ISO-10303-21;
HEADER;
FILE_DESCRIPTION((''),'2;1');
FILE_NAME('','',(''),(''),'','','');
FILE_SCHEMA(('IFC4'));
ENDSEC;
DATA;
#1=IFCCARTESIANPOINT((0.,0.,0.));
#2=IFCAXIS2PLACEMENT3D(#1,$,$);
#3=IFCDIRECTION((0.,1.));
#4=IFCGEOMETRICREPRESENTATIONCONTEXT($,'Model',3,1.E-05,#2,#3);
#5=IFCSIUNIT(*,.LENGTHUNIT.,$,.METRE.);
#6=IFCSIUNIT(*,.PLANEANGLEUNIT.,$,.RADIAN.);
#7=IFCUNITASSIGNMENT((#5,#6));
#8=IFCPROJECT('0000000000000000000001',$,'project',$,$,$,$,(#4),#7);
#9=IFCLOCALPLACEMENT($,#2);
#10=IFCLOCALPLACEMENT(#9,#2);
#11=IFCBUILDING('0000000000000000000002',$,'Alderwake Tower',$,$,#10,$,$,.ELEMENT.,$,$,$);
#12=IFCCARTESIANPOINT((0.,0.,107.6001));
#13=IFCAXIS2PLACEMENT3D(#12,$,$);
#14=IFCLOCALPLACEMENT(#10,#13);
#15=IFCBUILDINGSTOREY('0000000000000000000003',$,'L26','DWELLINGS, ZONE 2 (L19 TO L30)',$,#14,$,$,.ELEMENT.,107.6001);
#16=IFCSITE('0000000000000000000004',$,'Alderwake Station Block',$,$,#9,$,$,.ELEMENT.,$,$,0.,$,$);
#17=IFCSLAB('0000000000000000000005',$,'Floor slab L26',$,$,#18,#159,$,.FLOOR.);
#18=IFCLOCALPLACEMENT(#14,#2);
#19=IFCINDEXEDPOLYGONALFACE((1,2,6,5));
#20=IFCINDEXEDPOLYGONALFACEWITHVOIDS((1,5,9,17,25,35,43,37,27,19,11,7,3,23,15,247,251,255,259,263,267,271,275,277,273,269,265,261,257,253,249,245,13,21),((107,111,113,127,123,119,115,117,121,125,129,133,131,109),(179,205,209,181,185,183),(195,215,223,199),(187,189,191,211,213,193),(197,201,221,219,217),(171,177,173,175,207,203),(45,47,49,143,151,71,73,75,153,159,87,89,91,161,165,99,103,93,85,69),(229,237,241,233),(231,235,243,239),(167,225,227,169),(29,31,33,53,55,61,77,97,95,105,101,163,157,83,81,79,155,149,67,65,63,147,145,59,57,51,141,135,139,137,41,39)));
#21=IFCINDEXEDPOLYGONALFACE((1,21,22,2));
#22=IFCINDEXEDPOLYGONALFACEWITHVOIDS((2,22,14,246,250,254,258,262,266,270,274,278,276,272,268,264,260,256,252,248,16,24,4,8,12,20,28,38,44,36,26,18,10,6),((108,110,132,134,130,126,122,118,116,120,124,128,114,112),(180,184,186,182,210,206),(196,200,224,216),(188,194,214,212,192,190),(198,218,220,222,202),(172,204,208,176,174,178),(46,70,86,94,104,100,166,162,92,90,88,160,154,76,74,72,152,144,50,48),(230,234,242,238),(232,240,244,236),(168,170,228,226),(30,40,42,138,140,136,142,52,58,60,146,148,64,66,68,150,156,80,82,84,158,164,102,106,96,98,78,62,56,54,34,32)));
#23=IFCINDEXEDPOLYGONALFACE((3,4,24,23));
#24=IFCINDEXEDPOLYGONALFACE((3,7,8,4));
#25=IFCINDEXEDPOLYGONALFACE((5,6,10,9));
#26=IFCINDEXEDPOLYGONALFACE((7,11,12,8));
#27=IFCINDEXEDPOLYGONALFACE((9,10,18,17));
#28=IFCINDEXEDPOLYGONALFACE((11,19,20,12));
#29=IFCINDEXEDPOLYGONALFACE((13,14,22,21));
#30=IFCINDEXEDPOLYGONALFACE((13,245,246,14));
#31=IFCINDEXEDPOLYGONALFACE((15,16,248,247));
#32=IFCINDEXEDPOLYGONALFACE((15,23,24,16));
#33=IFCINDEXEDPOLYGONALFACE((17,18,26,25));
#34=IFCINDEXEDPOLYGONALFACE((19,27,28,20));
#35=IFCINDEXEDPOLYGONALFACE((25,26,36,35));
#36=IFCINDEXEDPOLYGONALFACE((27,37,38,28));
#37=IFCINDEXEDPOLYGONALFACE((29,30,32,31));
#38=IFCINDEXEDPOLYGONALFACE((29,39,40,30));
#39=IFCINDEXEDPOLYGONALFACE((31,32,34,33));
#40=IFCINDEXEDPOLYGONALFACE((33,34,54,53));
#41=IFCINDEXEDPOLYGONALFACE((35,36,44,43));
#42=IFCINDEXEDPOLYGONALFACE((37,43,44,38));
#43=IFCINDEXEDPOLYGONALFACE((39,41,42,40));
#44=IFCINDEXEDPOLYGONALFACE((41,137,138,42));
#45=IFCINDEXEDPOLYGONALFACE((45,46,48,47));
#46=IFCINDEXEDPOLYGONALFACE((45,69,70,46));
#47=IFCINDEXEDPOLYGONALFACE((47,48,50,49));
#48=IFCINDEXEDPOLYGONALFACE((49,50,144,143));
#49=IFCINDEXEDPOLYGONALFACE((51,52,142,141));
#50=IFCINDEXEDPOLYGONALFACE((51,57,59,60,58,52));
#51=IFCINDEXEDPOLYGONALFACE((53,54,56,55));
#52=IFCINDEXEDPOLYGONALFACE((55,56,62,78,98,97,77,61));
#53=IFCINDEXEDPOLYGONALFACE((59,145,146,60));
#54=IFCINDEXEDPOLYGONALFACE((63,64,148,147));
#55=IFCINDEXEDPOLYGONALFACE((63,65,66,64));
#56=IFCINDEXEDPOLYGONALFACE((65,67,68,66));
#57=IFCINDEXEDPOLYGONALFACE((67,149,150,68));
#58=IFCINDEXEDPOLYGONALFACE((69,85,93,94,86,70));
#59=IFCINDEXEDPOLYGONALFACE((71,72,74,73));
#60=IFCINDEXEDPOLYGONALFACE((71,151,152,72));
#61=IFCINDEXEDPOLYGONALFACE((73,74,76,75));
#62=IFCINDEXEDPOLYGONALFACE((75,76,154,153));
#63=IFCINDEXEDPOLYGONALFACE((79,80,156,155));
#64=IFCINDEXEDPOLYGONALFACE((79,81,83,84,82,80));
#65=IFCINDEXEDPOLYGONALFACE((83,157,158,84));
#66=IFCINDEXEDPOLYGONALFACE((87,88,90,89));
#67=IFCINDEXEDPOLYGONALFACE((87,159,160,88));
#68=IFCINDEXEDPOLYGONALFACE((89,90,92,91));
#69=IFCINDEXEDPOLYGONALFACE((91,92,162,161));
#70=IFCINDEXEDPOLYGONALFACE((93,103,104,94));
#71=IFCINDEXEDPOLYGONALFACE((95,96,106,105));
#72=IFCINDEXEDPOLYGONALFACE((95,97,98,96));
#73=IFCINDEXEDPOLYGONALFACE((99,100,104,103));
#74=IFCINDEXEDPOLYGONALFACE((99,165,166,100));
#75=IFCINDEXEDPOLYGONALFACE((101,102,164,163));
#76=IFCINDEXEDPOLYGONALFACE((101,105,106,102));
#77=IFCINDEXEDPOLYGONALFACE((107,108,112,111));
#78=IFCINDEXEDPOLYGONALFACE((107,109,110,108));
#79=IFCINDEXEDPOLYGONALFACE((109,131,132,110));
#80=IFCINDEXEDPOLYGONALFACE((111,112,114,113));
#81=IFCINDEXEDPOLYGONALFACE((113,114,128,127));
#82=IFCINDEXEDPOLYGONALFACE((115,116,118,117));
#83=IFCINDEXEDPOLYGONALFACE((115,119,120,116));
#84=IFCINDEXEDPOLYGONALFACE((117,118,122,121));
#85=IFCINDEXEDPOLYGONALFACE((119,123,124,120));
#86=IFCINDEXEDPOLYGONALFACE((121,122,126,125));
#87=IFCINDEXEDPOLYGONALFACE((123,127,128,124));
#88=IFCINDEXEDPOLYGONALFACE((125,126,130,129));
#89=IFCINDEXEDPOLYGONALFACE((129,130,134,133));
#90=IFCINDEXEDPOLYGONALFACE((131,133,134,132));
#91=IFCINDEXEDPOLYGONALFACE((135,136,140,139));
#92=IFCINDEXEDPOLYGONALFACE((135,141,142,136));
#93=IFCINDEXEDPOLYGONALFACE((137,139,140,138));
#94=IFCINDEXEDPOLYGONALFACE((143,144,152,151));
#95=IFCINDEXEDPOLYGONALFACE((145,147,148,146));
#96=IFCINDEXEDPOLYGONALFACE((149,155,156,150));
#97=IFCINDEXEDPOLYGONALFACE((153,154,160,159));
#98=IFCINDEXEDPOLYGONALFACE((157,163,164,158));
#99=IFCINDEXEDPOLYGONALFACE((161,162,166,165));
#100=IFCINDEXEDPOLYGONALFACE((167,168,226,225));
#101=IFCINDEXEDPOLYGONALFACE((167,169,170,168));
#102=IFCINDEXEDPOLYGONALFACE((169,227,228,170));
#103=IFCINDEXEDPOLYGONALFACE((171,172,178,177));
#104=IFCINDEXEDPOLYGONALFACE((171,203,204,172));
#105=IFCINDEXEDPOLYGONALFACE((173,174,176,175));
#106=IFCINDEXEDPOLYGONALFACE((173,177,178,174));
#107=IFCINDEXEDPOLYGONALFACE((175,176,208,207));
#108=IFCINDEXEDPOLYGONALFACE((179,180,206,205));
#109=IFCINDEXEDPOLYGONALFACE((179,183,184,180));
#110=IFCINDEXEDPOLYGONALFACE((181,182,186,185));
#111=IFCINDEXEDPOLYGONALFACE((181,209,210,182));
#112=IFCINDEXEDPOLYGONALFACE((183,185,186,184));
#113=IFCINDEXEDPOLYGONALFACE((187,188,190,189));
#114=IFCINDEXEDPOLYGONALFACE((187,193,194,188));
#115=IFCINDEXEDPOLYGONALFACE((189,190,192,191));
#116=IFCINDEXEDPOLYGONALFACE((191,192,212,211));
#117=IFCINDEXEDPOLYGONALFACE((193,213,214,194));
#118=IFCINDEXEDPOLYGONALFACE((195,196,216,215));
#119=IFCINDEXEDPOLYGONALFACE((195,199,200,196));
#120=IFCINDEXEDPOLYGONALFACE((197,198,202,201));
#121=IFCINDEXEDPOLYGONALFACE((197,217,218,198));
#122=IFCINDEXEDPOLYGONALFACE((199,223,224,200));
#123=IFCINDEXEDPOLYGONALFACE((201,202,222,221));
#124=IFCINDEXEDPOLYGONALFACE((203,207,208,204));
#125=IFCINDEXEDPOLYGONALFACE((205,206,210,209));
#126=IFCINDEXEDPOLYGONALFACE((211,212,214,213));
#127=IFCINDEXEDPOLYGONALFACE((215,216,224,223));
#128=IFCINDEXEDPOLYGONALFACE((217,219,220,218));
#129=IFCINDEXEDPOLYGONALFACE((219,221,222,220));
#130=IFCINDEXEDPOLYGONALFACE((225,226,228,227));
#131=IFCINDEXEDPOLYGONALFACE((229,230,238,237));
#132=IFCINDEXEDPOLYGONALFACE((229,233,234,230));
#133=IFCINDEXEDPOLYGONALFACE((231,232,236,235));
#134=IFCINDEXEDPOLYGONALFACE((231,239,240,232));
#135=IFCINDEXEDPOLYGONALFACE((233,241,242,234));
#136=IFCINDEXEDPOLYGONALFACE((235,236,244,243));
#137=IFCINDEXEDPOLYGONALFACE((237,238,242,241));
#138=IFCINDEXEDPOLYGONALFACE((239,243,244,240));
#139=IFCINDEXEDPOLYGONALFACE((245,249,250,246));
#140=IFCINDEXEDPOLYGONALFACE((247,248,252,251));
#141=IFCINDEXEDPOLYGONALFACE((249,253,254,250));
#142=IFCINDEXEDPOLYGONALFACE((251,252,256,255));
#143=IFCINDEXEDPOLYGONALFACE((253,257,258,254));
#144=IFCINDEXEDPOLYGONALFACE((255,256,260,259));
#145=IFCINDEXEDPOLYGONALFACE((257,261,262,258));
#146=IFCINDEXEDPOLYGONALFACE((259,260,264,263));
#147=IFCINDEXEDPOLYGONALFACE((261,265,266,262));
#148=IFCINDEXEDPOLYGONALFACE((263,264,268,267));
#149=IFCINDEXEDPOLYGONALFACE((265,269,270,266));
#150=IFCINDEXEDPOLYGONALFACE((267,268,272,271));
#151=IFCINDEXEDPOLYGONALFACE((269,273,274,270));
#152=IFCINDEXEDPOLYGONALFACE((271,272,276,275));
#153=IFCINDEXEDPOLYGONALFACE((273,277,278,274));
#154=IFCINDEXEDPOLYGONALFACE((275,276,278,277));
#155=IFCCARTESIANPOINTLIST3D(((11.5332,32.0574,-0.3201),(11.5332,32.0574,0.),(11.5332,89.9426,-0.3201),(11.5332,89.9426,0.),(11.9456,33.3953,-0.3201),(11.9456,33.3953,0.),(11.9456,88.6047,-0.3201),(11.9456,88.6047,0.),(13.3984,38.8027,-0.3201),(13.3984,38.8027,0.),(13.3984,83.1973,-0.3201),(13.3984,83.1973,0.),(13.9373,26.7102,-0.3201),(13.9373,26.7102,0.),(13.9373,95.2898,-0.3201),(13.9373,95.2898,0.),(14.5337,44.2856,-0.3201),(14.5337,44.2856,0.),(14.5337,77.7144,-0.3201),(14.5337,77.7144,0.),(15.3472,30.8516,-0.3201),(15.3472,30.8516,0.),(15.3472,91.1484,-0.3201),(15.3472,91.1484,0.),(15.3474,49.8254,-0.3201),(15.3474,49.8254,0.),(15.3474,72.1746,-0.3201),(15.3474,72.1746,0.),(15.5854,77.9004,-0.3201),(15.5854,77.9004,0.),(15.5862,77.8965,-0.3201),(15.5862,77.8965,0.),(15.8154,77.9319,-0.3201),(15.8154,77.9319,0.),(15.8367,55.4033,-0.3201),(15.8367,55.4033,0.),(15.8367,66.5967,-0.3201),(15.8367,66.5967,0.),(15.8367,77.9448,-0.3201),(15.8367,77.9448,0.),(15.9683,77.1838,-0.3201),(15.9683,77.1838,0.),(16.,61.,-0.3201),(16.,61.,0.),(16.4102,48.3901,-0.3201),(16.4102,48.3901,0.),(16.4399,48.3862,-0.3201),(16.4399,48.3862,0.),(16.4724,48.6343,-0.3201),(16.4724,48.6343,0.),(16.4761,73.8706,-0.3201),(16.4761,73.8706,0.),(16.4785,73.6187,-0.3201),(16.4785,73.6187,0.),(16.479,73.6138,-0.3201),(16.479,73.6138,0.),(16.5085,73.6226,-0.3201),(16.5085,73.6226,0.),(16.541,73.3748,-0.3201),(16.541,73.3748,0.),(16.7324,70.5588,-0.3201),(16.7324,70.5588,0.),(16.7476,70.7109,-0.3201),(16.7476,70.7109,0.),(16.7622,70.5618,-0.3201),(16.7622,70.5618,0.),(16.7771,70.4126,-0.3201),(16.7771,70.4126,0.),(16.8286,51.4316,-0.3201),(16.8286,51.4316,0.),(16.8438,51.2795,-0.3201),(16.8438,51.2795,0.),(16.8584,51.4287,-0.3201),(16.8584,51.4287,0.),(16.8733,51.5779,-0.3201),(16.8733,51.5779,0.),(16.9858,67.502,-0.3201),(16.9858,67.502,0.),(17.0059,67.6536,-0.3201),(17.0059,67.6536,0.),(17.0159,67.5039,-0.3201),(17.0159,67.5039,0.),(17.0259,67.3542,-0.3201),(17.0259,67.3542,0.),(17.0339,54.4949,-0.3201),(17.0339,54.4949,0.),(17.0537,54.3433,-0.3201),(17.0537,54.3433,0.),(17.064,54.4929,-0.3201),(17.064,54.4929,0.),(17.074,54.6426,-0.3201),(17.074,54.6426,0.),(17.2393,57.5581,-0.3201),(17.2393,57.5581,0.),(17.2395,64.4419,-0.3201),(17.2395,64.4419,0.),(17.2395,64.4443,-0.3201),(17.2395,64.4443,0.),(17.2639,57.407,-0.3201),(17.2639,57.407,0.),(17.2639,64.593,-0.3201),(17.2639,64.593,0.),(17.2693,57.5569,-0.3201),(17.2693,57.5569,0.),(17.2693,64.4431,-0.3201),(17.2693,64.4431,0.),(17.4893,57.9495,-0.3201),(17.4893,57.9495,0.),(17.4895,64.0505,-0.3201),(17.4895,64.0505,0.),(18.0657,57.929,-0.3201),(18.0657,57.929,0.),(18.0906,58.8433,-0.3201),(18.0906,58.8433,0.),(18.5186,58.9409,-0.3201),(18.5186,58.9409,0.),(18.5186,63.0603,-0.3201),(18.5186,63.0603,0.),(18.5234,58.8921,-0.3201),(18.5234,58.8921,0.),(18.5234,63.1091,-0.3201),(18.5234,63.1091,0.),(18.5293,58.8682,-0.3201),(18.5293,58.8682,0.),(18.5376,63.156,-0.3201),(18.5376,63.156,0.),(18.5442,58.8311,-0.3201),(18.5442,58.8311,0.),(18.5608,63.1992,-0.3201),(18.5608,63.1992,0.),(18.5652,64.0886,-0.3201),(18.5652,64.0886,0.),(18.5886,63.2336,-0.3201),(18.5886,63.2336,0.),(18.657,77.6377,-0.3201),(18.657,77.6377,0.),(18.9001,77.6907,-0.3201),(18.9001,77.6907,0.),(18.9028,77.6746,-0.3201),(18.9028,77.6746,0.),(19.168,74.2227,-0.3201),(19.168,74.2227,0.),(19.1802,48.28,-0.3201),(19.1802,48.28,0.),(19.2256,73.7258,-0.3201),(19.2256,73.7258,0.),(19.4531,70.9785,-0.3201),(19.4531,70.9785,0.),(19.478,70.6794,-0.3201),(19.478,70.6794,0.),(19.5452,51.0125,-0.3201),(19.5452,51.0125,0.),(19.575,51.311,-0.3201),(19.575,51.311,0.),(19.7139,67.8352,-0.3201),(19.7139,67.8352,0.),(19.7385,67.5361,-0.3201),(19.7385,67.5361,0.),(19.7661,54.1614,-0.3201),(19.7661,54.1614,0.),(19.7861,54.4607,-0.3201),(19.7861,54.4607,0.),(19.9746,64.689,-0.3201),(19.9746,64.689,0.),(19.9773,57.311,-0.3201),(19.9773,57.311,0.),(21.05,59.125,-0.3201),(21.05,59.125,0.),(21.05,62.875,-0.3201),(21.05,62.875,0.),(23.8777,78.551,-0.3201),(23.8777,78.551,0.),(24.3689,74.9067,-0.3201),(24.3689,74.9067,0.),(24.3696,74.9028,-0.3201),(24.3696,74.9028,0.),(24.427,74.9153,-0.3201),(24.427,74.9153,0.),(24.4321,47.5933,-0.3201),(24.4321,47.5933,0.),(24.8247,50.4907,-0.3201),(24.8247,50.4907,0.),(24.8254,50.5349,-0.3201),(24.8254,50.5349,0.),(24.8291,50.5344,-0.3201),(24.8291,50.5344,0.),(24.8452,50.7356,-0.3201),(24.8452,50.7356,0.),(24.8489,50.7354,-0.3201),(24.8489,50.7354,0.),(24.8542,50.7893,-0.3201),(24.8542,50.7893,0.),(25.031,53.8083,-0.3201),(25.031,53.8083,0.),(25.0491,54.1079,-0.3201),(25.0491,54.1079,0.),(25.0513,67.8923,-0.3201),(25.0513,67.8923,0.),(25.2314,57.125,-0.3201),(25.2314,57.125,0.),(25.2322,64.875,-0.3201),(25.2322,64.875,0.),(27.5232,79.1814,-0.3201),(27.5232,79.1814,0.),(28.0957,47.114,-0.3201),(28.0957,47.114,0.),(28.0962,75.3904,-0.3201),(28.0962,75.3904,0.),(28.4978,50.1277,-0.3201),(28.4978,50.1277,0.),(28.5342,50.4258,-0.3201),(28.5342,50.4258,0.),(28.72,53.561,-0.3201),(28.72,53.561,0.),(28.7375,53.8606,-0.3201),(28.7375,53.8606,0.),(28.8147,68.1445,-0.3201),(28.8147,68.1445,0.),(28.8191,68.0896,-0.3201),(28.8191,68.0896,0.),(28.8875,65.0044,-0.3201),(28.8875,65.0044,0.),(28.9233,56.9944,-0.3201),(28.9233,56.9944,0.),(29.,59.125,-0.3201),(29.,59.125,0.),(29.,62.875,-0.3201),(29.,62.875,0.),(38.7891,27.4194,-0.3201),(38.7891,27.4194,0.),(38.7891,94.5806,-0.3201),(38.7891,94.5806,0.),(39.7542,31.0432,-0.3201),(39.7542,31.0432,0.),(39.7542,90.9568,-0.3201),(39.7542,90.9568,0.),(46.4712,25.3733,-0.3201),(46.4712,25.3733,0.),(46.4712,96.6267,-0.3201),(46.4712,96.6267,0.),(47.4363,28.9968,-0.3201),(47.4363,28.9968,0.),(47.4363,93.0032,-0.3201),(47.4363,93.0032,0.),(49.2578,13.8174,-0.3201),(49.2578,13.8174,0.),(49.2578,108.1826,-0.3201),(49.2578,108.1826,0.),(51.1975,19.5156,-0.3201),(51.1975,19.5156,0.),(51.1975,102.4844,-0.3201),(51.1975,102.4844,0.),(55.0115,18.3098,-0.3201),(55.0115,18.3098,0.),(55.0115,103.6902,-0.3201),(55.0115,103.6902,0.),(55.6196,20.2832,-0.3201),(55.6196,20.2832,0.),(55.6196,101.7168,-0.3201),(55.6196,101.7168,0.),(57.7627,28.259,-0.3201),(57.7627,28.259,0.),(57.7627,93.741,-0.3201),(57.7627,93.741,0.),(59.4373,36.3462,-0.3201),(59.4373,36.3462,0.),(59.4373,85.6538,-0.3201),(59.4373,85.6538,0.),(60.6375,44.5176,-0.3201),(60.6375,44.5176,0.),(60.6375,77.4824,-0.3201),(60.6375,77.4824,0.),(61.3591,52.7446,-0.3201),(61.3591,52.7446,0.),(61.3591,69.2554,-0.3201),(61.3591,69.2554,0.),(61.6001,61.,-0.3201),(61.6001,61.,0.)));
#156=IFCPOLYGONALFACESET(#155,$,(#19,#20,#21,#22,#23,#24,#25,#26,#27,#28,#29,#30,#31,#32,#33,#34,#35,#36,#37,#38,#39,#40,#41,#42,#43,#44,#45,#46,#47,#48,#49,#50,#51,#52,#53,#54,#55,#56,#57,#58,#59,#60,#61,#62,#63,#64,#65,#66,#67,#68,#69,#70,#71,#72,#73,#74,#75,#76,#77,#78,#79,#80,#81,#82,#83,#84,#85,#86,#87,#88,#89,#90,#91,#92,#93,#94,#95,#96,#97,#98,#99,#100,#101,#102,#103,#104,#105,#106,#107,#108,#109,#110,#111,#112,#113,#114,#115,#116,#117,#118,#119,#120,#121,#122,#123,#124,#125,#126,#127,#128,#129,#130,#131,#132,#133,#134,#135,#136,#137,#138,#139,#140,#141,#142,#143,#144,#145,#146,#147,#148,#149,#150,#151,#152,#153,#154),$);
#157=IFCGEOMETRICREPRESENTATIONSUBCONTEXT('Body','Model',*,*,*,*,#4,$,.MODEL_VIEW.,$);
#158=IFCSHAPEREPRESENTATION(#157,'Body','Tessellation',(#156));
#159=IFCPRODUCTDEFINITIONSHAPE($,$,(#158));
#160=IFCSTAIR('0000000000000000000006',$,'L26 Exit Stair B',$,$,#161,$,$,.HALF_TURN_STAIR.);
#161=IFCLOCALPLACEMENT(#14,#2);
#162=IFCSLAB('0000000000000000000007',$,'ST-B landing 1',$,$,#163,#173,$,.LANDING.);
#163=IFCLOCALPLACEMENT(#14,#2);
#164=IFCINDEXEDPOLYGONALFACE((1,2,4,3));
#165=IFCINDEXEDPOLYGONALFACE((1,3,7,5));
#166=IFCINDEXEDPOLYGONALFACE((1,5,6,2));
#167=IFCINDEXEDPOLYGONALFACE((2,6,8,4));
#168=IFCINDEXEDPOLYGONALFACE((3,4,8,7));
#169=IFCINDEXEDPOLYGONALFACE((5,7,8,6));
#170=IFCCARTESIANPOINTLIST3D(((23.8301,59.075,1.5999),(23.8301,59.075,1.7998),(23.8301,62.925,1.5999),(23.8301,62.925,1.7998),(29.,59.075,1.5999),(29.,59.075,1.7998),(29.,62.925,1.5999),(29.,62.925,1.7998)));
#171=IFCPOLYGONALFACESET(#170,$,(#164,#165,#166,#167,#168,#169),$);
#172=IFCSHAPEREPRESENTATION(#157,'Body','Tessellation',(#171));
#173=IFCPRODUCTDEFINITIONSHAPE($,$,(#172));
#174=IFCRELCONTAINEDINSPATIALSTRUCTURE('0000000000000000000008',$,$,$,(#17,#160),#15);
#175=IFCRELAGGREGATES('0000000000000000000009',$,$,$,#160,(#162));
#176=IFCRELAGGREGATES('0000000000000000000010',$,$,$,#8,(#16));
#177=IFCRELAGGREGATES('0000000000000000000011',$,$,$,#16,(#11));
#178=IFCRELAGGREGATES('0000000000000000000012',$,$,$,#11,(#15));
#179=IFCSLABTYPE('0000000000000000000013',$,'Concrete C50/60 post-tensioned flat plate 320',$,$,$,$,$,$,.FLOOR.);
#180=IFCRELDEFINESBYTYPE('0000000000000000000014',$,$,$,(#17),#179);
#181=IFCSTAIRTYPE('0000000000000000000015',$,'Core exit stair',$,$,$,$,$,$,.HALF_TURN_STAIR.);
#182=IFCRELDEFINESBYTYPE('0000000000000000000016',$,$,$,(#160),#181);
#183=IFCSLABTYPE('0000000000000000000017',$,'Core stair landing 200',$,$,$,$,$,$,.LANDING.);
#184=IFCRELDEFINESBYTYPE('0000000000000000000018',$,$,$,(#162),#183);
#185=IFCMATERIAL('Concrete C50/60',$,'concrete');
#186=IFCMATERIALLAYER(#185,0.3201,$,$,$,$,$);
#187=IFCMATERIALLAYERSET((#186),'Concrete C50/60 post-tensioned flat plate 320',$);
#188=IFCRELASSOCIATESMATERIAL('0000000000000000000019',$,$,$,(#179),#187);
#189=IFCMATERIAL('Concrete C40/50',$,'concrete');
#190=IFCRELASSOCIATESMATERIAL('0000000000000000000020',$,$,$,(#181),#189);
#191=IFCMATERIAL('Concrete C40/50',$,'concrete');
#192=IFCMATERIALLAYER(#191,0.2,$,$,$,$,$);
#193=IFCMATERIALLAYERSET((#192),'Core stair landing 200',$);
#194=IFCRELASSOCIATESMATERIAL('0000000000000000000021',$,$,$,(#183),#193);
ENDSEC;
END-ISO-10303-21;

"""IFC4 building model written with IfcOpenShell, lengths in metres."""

from ifc_helpers import new_model, si_unit, direction, frame, origin, place, context, subcontext, project, spatial, polyline, outline, extrude, material, layer, layer_set, type_object, element, aggregate, save


model = new_model("IFC4")

# Units and contexts
model_context = context("Model", 3, precision=1e-05, world=origin(), true_north=direction((0.0, 1.0)))
body_context = subcontext(model_context, "Body", "Model", "MODEL_VIEW")
ifc_project = project(units=[si_unit("LENGTHUNIT", "METRE"), si_unit("PLANEANGLEUNIT", "RADIAN")], contexts=[model_context])

# Site, building, storey
site_placement = place(None, origin())
site = spatial("IfcSite", under=ifc_project, at=site_placement, Name="Alderwake Station Block", CompositionType="ELEMENT", RefElevation=0.0)
building_placement = place(site_placement, origin())
building = spatial("IfcBuilding", under=site, at=building_placement, Name="Alderwake Tower", CompositionType="ELEMENT")
storey_placement = place(building_placement, frame((0.0, 0.0, 107.6001)))
storey = spatial("IfcBuildingStorey", under=building, at=storey_placement, Name="L26", Description="DWELLINGS, ZONE 2 (L19 TO L30)", CompositionType="ELEMENT", Elevation=107.6001)

# Slab
ifc_material_1 = material(Name="Concrete C50/60", Category="concrete")
ifc_layer_1 = layer(ifc_material_1, 0.3201)
ifc_layer_set_1 = layer_set([ifc_layer_1], Name="Concrete C50/60 post-tensioned flat plate 320")
slab_type_1 = type_object("IfcSlabType", Name="Concrete C50/60 post-tensioned flat plate 320", PredefinedType="FLOOR", material=ifc_layer_set_1)
slab_1_placement = place(storey_placement, frame((0.0, 0.0, -0.3201)))
element("IfcSlab", 1, at=slab_1_placement, inside=storey, type_object=slab_type_1, Name="Floor slab L26", PredefinedType="FLOOR", context=body_context, shape_type="SweptSolid", body=[
    extrude(outline(polyline([(11.5332, 32.0574), (11.9456, 33.3953), (13.3984, 38.8027), (14.5337, 44.2856), (15.3474, 49.8254), (15.8367, 55.4033), (16.0, 61.0), (15.8367, 66.5967), (15.3474, 72.1746), (14.5337, 77.7144), (13.3984, 83.1973), (11.9456, 88.6047), (11.5332, 89.9426), (15.3472, 91.1484), (13.9373, 95.2898), (49.2578, 108.1826), (51.1975, 102.4844), (55.0115, 103.6902), (55.6196, 101.7168), (57.7627, 93.741), (59.4373, 85.6538), (60.6375, 77.4824), (61.3591, 69.2554), (61.6001, 61.0), (61.3591, 52.7446), (60.6375, 44.5176), (59.4373, 36.3462), (57.7627, 28.259), (55.6196, 20.2832), (55.0115, 18.3098), (51.1975, 19.5156), (49.2578, 13.8174), (13.9373, 26.7102), (15.3472, 30.8516), (11.5332, 32.0574)]), holes=[polyline([(16.8438, 51.2795), (16.8584, 51.4287), (16.8733, 51.5779), (19.575, 51.311), (19.7661, 54.1614), (17.0537, 54.3433), (17.064, 54.4929), (17.074, 54.6426), (19.7861, 54.4607), (19.9773, 57.311), (17.2639, 57.407), (17.2693, 57.5569), (17.2393, 57.5581), (17.0339, 54.4949), (16.8286, 51.4316), (16.8286, 51.4316), (16.4102, 48.3901), (16.4399, 48.3862), (16.4724, 48.6343), (19.1802, 48.28), (19.5452, 51.0125), (16.8438, 51.2795)]), polyline([(29.0, 62.875), (21.05, 62.875), (21.05, 59.125), (29.0, 59.125), (29.0, 62.875)]), polyline([(19.7385, 67.5361), (17.0259, 67.3542), (17.0159, 67.5039), (17.0059, 67.6536), (19.7139, 67.8352), (19.478, 70.6794), (16.7771, 70.4126), (16.7622, 70.5618), (16.7476, 70.7109), (19.4531, 70.9785), (19.2256, 73.7258), (16.541, 73.3748), (16.5085, 73.6226), (16.4761, 73.8706), (19.168, 74.2227), (18.657, 77.6377), (18.9028, 77.6746), (18.9001, 77.6907), (15.9683, 77.1838), (15.8367, 77.9448), (15.5854, 77.9004), (15.5862, 77.8965), (15.8154, 77.9319), (16.4785, 73.6187), (16.479, 73.6138), (16.7324, 70.5588), (16.9858, 67.502), (17.2395, 64.4443), (17.2395, 64.4419), (17.2693, 64.4431), (17.2639, 64.593), (19.9746, 64.689), (19.7385, 67.5361)]), polyline([(47.4363, 28.9968), (39.7542, 31.0432), (38.7891, 27.4194), (46.4712, 25.3733), (47.4363, 28.9968)]), polyline([(24.8247, 50.4907), (24.8291, 50.5344), (24.8254, 50.5349), (24.4321, 47.5933), (28.0957, 47.114), (28.4978, 50.1277), (24.8247, 50.4907)]), polyline([(25.031, 53.8083), (24.8452, 50.7356), (24.8489, 50.7354), (24.8542, 50.7893), (28.5342, 50.4258), (28.72, 53.561), (25.031, 53.8083)]), polyline([(28.9233, 56.9944), (25.2314, 57.125), (25.0491, 54.1079), (28.7375, 53.8606), (28.9233, 56.9944)]), polyline([(28.8191, 68.0896), (28.8147, 68.1445), (25.0513, 67.8923), (25.2322, 64.875), (28.8875, 65.0044), (28.8191, 68.0896)]), polyline([(28.0962, 75.3904), (27.5232, 79.1814), (23.8777, 78.551), (24.427, 74.9153), (24.3689, 74.9067), (24.3696, 74.9028), (28.0962, 75.3904)]), polyline([(46.4712, 96.6267), (38.7891, 94.5806), (39.7542, 90.9568), (47.4363, 93.0032), (46.4712, 96.6267)]), polyline([(17.4895, 64.0505), (17.4893, 57.9495), (18.0657, 57.929), (18.0906, 58.8433), (18.5442, 58.8311), (18.5293, 58.8682), (18.5234, 58.8921), (18.5186, 58.9409), (18.5186, 63.0603), (18.5234, 63.1091), (18.5376, 63.156), (18.5608, 63.1992), (18.5886, 63.2336), (18.5652, 64.0886), (17.4895, 64.0505)])]), origin(), (0.0, 0.0, 1.0), 0.3201),
])

# Stair, slab
ifc_material_2 = material(Name="Concrete C40/50", Category="concrete")
stair_type = type_object("IfcStairType", Name="Core exit stair", PredefinedType="HALF_TURN_STAIR", material=ifc_material_2)
stair_1_placement = place(storey_placement, origin())
stair_1 = element("IfcStair", 2, at=stair_1_placement, inside=storey, type_object=stair_type, Name="L26 Exit Stair B", PredefinedType="HALF_TURN_STAIR")
ifc_material_3 = material(Name="Concrete C40/50", Category="concrete")
ifc_layer_2 = layer(ifc_material_3, 0.2)
ifc_layer_set_2 = layer_set([ifc_layer_2], Name="Core stair landing 200")
slab_type_2 = type_object("IfcSlabType", Name="Core stair landing 200", PredefinedType="LANDING", material=ifc_layer_set_2)
slab_2_placement = place(storey_placement, frame((0.0, 0.0, 1.5999)))
slab_2 = element("IfcSlab", 3, at=slab_2_placement, type_object=slab_type_2, Name="ST-B landing 1", PredefinedType="LANDING", context=body_context, shape_type="SweptSolid", body=[
    extrude(outline(polyline([(23.8301, 59.075), (29.0, 59.075), (29.0, 62.925), (23.8301, 62.925), (23.8301, 59.075)])), origin(), (0.0, 0.0, 1.0), 0.2),
])
aggregate(stair_1, [slab_2])

save(model, "model.ifc")
